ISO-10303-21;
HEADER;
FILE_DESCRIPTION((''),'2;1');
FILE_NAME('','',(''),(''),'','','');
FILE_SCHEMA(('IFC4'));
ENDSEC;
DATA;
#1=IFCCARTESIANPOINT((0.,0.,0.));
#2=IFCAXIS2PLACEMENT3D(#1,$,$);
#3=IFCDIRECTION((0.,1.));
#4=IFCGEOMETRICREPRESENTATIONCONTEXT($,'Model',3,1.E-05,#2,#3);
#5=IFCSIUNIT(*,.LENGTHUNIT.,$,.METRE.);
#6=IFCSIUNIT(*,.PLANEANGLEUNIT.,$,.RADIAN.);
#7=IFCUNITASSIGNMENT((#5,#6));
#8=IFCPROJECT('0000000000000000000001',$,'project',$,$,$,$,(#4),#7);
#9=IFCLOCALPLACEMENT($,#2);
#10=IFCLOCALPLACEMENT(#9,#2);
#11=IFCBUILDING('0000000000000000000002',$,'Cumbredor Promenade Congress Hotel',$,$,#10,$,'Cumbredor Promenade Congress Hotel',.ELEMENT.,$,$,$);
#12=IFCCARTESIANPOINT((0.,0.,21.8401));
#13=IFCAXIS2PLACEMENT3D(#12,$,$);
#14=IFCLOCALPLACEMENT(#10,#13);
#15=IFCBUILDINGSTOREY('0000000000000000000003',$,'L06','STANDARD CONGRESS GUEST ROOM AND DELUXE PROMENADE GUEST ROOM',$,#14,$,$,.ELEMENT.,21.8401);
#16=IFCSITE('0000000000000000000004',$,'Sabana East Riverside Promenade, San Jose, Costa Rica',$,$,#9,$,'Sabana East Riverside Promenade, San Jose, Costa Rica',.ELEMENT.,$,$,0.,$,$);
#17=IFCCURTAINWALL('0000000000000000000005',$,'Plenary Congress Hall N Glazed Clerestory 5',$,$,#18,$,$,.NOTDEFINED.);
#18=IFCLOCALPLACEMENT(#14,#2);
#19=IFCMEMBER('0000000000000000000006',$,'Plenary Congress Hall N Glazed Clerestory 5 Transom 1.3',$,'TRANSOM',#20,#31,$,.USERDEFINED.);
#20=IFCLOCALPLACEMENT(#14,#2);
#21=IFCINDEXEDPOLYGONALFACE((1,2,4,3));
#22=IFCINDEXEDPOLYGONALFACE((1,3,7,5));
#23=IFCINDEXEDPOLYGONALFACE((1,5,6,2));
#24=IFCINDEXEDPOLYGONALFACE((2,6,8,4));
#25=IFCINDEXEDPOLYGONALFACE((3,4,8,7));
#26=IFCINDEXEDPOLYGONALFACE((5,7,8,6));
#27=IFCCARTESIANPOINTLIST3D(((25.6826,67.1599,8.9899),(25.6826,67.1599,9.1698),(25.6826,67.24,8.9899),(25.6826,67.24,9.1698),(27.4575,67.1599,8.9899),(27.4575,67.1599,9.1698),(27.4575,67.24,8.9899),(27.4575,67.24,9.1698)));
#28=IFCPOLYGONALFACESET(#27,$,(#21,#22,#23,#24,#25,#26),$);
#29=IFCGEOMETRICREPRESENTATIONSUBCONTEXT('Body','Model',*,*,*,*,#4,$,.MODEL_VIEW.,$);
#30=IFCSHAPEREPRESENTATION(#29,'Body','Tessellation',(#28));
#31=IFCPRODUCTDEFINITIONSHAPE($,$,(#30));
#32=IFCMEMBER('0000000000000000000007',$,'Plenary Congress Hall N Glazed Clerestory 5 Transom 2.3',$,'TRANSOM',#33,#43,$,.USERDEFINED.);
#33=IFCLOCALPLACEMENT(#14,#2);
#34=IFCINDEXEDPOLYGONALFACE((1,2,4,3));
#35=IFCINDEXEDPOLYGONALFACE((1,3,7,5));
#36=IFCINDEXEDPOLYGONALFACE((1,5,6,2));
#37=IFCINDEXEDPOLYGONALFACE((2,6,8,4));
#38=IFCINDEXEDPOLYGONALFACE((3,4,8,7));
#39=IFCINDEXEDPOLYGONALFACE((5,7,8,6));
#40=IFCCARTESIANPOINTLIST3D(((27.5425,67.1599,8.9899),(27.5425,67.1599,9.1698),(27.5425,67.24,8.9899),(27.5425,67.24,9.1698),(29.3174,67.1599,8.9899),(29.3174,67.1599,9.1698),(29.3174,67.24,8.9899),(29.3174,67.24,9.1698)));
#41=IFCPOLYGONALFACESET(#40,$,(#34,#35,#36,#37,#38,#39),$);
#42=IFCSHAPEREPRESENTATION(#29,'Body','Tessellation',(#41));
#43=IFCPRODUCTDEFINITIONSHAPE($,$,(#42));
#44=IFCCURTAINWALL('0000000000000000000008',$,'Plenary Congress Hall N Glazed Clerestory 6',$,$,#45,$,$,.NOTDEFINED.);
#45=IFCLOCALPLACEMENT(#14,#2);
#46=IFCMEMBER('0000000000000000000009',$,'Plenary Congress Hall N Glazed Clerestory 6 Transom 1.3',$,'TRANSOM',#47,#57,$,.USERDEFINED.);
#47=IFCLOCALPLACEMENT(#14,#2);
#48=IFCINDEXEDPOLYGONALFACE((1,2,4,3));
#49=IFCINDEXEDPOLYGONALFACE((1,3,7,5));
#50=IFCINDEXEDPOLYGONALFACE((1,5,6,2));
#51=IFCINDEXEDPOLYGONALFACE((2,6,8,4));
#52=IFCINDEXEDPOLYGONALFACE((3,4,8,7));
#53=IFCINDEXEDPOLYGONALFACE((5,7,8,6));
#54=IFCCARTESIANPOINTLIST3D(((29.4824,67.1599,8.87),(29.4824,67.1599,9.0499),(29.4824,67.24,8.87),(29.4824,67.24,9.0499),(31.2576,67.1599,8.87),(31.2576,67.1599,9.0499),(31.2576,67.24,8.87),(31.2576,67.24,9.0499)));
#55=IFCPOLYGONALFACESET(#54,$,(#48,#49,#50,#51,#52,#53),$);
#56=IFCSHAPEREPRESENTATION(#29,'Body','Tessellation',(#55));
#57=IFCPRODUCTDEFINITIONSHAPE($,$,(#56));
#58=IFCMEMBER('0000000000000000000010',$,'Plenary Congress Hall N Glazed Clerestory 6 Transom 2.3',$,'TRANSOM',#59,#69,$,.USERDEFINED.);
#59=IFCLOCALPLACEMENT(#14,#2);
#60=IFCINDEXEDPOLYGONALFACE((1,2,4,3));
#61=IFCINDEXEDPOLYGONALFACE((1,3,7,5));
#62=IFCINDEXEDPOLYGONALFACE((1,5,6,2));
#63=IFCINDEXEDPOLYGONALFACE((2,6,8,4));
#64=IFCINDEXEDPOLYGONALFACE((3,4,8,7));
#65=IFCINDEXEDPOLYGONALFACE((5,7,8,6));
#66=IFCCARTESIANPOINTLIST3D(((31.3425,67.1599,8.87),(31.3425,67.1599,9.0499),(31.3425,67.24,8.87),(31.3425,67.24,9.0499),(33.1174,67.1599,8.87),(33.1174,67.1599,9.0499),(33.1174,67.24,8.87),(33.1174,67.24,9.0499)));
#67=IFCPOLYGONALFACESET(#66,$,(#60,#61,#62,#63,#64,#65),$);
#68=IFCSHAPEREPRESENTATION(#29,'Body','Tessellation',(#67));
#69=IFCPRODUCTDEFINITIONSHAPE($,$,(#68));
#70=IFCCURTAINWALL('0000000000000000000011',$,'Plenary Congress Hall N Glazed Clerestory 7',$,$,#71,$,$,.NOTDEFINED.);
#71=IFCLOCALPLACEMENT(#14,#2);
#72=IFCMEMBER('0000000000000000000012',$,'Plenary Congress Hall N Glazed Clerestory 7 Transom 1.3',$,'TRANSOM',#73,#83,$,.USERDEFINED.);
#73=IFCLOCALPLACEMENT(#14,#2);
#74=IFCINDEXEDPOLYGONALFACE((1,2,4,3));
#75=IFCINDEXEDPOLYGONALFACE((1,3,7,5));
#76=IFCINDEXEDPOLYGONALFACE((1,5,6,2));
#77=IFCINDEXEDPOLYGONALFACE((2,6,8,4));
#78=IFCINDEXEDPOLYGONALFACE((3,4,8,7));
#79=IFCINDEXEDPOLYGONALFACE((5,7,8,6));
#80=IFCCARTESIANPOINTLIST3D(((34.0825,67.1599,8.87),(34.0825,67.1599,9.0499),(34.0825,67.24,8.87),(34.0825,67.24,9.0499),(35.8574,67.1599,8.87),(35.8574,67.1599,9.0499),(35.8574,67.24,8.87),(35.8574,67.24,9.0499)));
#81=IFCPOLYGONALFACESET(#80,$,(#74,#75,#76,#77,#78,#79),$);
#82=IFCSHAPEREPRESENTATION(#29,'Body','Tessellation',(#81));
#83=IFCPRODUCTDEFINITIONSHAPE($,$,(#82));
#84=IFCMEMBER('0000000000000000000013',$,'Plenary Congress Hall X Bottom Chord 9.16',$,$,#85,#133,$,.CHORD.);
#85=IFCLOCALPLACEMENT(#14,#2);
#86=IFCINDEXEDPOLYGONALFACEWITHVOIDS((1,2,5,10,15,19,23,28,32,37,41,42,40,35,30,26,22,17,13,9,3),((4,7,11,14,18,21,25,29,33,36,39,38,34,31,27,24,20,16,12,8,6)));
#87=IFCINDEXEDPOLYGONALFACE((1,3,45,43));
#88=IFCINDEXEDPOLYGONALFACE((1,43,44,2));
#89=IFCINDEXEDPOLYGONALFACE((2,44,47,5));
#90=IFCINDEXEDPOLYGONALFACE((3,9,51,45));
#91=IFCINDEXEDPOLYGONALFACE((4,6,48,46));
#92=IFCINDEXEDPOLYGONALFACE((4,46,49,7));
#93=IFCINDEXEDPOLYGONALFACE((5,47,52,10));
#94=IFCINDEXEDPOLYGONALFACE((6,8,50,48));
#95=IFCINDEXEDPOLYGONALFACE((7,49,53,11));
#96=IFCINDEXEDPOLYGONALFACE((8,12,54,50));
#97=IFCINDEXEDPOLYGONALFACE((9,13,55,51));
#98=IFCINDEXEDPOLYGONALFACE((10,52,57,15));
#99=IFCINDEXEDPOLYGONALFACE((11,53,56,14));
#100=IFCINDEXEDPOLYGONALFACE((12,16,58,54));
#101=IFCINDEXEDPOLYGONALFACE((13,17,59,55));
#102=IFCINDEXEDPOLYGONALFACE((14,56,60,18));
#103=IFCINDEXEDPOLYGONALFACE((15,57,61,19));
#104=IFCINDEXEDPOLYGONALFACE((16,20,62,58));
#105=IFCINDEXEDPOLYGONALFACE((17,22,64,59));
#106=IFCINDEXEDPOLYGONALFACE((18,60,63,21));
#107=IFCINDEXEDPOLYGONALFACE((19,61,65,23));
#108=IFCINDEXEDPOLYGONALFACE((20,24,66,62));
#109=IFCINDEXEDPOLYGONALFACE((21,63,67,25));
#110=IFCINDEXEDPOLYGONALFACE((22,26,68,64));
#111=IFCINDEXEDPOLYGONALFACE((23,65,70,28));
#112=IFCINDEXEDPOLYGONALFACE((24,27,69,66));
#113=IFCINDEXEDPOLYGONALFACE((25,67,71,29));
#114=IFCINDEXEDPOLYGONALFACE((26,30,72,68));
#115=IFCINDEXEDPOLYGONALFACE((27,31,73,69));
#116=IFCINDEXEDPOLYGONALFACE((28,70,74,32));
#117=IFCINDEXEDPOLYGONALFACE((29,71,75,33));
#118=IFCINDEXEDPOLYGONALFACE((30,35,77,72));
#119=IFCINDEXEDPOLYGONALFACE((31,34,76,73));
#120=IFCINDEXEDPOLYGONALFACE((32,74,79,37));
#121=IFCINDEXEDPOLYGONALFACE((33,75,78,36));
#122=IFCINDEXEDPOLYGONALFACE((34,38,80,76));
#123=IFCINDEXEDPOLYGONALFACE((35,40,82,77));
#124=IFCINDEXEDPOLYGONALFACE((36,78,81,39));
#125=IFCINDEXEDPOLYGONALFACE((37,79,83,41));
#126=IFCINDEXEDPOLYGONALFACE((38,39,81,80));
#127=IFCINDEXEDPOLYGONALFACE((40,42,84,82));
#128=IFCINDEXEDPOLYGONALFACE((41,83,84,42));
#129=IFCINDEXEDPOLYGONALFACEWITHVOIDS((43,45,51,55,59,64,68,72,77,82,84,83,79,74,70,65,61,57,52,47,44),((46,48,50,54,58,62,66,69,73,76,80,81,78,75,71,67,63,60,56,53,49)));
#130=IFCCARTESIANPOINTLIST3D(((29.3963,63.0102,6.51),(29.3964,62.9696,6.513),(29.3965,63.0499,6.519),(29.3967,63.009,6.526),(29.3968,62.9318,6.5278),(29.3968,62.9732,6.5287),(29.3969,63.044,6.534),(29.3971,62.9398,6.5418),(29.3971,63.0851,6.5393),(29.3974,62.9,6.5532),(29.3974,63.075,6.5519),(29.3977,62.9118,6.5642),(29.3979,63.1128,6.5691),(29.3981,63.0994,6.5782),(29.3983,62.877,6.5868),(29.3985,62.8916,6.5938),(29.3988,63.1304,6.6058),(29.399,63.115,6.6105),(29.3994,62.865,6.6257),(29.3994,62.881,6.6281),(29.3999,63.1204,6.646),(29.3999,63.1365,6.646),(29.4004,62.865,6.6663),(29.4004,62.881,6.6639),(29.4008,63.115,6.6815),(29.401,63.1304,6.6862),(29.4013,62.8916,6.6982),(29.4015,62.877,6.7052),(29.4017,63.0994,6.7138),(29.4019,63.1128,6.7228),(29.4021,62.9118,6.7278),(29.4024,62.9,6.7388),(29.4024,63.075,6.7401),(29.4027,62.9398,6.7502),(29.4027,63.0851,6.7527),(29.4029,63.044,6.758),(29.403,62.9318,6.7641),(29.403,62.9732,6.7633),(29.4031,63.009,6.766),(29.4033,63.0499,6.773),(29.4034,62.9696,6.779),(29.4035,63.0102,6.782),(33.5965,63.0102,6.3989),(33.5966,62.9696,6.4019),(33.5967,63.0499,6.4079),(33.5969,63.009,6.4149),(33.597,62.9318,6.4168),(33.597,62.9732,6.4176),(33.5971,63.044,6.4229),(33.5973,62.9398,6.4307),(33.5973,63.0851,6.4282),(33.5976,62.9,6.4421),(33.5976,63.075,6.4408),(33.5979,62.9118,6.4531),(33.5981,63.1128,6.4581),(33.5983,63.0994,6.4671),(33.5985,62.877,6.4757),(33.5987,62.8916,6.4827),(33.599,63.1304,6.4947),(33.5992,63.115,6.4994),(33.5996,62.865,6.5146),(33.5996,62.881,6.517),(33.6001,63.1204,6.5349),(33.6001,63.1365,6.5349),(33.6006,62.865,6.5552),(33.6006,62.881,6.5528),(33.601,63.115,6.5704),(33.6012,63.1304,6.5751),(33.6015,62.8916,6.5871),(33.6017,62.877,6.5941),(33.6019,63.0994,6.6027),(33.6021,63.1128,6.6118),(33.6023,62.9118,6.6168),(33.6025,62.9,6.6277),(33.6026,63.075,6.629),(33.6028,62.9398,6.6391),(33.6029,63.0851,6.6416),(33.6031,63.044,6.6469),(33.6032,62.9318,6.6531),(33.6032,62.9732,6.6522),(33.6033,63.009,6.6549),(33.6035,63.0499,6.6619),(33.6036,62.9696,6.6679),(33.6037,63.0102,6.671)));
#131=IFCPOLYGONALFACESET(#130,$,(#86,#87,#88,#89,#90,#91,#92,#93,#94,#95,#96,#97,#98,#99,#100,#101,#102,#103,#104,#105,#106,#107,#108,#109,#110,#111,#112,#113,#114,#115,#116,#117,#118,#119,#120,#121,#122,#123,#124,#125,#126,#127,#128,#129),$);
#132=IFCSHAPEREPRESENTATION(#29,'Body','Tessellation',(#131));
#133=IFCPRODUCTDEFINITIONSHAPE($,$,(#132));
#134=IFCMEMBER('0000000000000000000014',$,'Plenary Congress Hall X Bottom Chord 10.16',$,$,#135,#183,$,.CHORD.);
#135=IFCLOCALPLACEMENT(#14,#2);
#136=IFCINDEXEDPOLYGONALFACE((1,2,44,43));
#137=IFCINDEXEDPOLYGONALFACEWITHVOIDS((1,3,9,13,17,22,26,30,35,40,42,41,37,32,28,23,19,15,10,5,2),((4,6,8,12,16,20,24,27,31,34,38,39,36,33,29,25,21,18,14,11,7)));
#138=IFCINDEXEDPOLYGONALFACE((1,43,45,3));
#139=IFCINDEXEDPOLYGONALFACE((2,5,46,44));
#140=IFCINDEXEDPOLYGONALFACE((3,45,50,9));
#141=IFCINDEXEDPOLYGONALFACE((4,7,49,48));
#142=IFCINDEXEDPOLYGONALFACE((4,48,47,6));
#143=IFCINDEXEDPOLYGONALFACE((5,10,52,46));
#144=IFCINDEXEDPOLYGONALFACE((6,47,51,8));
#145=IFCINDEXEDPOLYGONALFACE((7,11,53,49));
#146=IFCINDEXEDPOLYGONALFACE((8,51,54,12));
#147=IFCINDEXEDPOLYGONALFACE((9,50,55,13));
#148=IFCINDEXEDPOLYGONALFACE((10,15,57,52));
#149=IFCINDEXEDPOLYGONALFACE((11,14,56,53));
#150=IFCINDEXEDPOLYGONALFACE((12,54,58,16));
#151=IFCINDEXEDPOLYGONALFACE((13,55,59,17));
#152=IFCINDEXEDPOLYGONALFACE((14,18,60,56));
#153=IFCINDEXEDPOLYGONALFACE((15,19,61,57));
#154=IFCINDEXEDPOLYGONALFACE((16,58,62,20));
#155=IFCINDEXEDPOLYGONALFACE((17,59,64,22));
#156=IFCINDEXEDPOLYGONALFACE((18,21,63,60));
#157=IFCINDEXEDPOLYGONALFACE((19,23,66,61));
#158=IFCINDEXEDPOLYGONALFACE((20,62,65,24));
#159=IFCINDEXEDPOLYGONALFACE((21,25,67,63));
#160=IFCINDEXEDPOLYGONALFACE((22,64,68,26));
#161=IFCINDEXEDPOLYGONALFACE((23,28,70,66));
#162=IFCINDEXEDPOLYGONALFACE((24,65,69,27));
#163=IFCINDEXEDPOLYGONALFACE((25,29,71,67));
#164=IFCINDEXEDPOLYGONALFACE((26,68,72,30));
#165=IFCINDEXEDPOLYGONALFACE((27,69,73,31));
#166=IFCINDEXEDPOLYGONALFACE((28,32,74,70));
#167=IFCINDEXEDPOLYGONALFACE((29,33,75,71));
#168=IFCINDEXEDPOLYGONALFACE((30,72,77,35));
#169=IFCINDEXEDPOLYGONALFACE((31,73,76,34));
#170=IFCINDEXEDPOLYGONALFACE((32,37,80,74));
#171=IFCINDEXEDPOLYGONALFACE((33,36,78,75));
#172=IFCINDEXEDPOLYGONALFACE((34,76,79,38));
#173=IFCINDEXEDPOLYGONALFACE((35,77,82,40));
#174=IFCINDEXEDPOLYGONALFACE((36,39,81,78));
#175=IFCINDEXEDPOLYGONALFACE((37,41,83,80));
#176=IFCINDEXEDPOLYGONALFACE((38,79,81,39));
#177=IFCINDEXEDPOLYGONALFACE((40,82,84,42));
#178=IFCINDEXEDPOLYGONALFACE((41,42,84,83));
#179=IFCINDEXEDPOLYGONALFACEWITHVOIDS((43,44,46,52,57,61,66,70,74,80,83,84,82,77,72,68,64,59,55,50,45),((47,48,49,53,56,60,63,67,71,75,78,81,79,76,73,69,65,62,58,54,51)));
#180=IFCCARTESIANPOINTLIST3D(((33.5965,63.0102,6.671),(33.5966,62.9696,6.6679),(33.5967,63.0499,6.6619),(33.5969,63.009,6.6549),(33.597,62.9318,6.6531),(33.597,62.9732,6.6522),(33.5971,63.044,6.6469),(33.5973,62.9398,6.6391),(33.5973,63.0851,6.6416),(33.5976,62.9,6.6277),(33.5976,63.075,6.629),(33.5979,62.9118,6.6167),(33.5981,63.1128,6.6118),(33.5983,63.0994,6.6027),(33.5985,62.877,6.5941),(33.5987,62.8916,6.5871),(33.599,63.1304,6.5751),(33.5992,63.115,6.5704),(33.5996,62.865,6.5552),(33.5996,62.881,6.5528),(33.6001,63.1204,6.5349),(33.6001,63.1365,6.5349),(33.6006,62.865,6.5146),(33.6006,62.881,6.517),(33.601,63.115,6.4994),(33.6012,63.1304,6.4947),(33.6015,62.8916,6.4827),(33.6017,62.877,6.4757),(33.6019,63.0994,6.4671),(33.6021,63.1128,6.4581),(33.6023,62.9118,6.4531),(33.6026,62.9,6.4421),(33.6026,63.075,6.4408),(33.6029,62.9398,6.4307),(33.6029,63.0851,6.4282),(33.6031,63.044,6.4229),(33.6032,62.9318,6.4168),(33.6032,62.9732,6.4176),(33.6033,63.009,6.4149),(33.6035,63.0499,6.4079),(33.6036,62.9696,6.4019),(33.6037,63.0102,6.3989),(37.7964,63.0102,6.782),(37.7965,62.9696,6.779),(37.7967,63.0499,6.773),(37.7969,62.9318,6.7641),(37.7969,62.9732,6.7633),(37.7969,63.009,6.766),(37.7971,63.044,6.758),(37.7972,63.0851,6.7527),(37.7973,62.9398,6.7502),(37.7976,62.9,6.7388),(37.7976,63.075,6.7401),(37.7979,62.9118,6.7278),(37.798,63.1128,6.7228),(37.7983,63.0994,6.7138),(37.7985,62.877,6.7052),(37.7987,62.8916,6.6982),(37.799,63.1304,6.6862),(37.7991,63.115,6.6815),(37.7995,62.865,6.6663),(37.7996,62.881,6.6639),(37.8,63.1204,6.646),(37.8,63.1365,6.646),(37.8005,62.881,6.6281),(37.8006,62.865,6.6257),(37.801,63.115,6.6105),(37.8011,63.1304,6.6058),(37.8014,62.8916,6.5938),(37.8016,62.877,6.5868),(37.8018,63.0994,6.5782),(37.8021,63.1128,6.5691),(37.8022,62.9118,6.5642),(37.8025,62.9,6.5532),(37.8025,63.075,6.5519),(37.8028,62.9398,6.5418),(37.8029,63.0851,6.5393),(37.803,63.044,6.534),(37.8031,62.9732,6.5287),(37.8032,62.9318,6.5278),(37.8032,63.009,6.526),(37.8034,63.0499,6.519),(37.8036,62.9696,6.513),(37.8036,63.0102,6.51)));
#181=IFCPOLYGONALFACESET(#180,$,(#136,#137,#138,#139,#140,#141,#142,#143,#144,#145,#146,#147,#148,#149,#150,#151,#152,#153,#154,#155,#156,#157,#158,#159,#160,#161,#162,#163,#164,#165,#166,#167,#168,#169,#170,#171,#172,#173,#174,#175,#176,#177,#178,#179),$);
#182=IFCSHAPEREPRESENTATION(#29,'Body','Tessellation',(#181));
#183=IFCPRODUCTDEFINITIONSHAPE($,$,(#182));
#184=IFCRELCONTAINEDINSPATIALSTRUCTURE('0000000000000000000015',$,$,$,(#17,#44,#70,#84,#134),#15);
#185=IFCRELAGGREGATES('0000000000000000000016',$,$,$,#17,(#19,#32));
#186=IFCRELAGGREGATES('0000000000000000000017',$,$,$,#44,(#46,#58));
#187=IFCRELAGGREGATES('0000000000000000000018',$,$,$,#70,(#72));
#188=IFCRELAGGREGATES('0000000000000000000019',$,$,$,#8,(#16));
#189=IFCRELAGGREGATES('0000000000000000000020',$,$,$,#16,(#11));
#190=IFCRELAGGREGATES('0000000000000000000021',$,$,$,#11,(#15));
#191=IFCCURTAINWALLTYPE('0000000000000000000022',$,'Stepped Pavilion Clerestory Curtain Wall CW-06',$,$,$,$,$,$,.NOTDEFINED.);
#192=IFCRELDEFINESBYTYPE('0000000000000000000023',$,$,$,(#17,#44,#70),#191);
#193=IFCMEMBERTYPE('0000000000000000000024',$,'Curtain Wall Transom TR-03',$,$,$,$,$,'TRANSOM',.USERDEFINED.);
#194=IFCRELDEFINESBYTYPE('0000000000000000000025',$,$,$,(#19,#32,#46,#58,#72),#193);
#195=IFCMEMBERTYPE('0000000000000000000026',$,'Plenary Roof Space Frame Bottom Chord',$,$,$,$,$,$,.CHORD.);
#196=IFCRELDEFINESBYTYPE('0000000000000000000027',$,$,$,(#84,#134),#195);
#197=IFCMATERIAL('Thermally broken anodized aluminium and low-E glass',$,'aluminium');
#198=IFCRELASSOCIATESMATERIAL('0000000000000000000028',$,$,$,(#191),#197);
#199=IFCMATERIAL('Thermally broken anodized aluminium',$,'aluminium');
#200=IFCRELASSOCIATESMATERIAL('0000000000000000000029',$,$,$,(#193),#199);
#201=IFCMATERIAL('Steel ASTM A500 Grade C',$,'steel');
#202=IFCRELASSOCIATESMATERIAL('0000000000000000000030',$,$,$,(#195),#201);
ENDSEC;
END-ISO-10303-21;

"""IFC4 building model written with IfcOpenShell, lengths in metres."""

from ifc_helpers import new_model, si_unit, direction, frame, origin, origin_2d, place, context, subcontext, project, spatial, rectangle, hollow_circle, extrude, material, material_profile, profile_set, type_object, element, aggregate, save


model = new_model("IFC4")

# Units and contexts
model_context = context("Model", 3, precision=1e-05, world=origin(), true_north=direction((0.0, 1.0)))
body_context = subcontext(model_context, "Body", "Model", "MODEL_VIEW")
ifc_project = project(units=[si_unit("LENGTHUNIT", "METRE"), si_unit("PLANEANGLEUNIT", "RADIAN")], contexts=[model_context])

# Site, building, storey
site_placement = place(None, origin())
site = spatial("IfcSite", under=ifc_project, at=site_placement, Name="Sabana East Riverside Promenade, San Jose, Costa Rica", LongName="Sabana East Riverside Promenade, San Jose, Costa Rica", CompositionType="ELEMENT", RefElevation=0.0)
building_placement = place(site_placement, origin())
building = spatial("IfcBuilding", under=site, at=building_placement, Name="Cumbredor Promenade Congress Hotel", LongName="Cumbredor Promenade Congress Hotel", CompositionType="ELEMENT")
storey_placement = place(building_placement, frame((0.0, 0.0, 21.8401)))
storey = spatial("IfcBuildingStorey", under=building, at=storey_placement, Name="L06", Description="STANDARD CONGRESS GUEST ROOM AND DELUXE PROMENADE GUEST ROOM", CompositionType="ELEMENT", Elevation=21.8401)

# Curtain walls, members
ifc_material_1 = material(Name="Thermally broken anodized aluminium and low-E glass", Category="aluminium")
curtain_wall_type = type_object("IfcCurtainWallType", Name="Stepped Pavilion Clerestory Curtain Wall CW-06", PredefinedType="NOTDEFINED", material=ifc_material_1)
curtain_wall_1_placement = place(storey_placement, origin())
curtain_wall_1 = element("IfcCurtainWall", 1, at=curtain_wall_1_placement, inside=storey, type_object=curtain_wall_type, Name="Plenary Congress Hall N Glazed Clerestory 5", PredefinedType="NOTDEFINED")
ifc_material_2 = material(Name="Thermally broken anodized aluminium", Category="aluminium")
ifc_material_profile_1 = material_profile(ifc_material_2, rectangle(XDim=0.0801, YDim=0.1799, at=origin_2d()), Name="ALU TRANSOM 80x180")
ifc_profile_set_1 = profile_set([ifc_material_profile_1], Name="Thermally broken anodized aluminium")
member_type_1 = type_object("IfcMemberType", Name="Curtain Wall Transom TR-03", ElementType="TRANSOM", PredefinedType="USERDEFINED", material=ifc_profile_set_1)
member_1_placement = place(storey_placement, frame((25.6826, 67.2, 9.0798), z_axis=(1.0, 0.0, 0.0), x_axis=(0.0, 1.0, 0.0)))
member_1 = element("IfcMember", 2, at=member_1_placement, type_object=member_type_1, Name="Plenary Congress Hall N Glazed Clerestory 5 Transom 1.3", ObjectType="TRANSOM", PredefinedType="USERDEFINED", context=body_context, shape_type="SweptSolid", body=[
    extrude(rectangle(XDim=0.0801, YDim=0.1799, at=origin_2d()), origin(), (0.0, 0.0, 1.0), 1.7749),
])
member_2_placement = place(storey_placement, frame((27.5425, 67.2, 9.0798), z_axis=(1.0, 0.0, 0.0), x_axis=(0.0, 1.0, 0.0)))
member_2 = element("IfcMember", 3, at=member_2_placement, type_object=member_type_1, Name="Plenary Congress Hall N Glazed Clerestory 5 Transom 2.3", ObjectType="TRANSOM", PredefinedType="USERDEFINED", context=body_context, shape_type="SweptSolid", body=[
    extrude(rectangle(XDim=0.0801, YDim=0.1799, at=origin_2d()), origin(), (0.0, 0.0, 1.0), 1.7749),
])
aggregate(curtain_wall_1, [member_1, member_2])
curtain_wall_2_placement = place(storey_placement, origin())
curtain_wall_2 = element("IfcCurtainWall", 4, at=curtain_wall_2_placement, inside=storey, type_object=curtain_wall_type, Name="Plenary Congress Hall N Glazed Clerestory 6", PredefinedType="NOTDEFINED")
member_3_placement = place(storey_placement, frame((29.4824, 67.2, 8.96), z_axis=(1.0, 0.0, 0.0), x_axis=(0.0, 1.0, 0.0)))
member_3 = element("IfcMember", 5, at=member_3_placement, type_object=member_type_1, Name="Plenary Congress Hall N Glazed Clerestory 6 Transom 1.3", ObjectType="TRANSOM", PredefinedType="USERDEFINED", context=body_context, shape_type="SweptSolid", body=[
    extrude(rectangle(XDim=0.0801, YDim=0.1799, at=origin_2d()), origin(), (0.0, 0.0, 1.0), 1.7751),
])
member_4_placement = place(storey_placement, frame((31.3425, 67.2, 8.96), z_axis=(1.0, 0.0, 0.0), x_axis=(0.0, 1.0, 0.0)))
member_4 = element("IfcMember", 6, at=member_4_placement, type_object=member_type_1, Name="Plenary Congress Hall N Glazed Clerestory 6 Transom 2.3", ObjectType="TRANSOM", PredefinedType="USERDEFINED", context=body_context, shape_type="SweptSolid", body=[
    extrude(rectangle(XDim=0.0801, YDim=0.1799, at=origin_2d()), origin(), (0.0, 0.0, 1.0), 1.7749),
])
aggregate(curtain_wall_2, [member_3, member_4])

# Curtain wall, member
curtain_wall_3_placement = place(storey_placement, origin())
curtain_wall_3 = element("IfcCurtainWall", 7, at=curtain_wall_3_placement, inside=storey, type_object=curtain_wall_type, Name="Plenary Congress Hall N Glazed Clerestory 7", PredefinedType="NOTDEFINED")
member_5_placement = place(storey_placement, frame((34.0825, 67.2, 8.96), z_axis=(1.0, 0.0, 0.0), x_axis=(0.0, 1.0, 0.0)))
member_5 = element("IfcMember", 8, at=member_5_placement, type_object=member_type_1, Name="Plenary Congress Hall N Glazed Clerestory 7 Transom 1.3", ObjectType="TRANSOM", PredefinedType="USERDEFINED", context=body_context, shape_type="SweptSolid", body=[
    extrude(rectangle(XDim=0.0801, YDim=0.1799, at=origin_2d()), origin(), (0.0, 0.0, 1.0), 1.7749),
])
aggregate(curtain_wall_3, [member_5])

# Members
ifc_material_3 = material(Name="Steel ASTM A500 Grade C", Category="steel")
ifc_material_profile_2 = material_profile(ifc_material_3, hollow_circle(Radius=0.1365, WallThickness=0.0161, at=origin_2d()), Name="CHS 273.0x16")
ifc_profile_set_2 = profile_set([ifc_material_profile_2], Name="Steel ASTM A500 Grade C")
member_type_2 = type_object("IfcMemberType", Name="Plenary Roof Space Frame Bottom Chord", PredefinedType="CHORD", material=ifc_profile_set_2)
member_6_placement = place(storey_placement, frame((29.3999, 63.0, 6.646), z_axis=(0.99965, 0.0, -0.026438), x_axis=(0.0, 1.0, 0.0)))
element("IfcMember", 9, at=member_6_placement, inside=storey, type_object=member_type_2, Name="Plenary Congress Hall X Bottom Chord 9.16", PredefinedType="CHORD", context=body_context, shape_type="SweptSolid", body=[
    extrude(hollow_circle(Radius=0.1365, WallThickness=0.0161, at=origin_2d()), origin(), (0.0, 0.0, 1.0), 4.2017),
])
member_7_placement = place(storey_placement, frame((33.6001, 63.0, 6.5349), z_axis=(0.99965, 0.0, 0.02644), x_axis=(0.0, 1.0, 0.0)))
element("IfcMember", 10, at=member_7_placement, inside=storey, type_object=member_type_2, Name="Plenary Congress Hall X Bottom Chord 10.16", PredefinedType="CHORD", context=body_context, shape_type="SweptSolid", body=[
    extrude(hollow_circle(Radius=0.1365, WallThickness=0.0161, at=origin_2d()), origin(), (0.0, 0.0, 1.0), 4.2014),
])

save(model, "model.ifc")
